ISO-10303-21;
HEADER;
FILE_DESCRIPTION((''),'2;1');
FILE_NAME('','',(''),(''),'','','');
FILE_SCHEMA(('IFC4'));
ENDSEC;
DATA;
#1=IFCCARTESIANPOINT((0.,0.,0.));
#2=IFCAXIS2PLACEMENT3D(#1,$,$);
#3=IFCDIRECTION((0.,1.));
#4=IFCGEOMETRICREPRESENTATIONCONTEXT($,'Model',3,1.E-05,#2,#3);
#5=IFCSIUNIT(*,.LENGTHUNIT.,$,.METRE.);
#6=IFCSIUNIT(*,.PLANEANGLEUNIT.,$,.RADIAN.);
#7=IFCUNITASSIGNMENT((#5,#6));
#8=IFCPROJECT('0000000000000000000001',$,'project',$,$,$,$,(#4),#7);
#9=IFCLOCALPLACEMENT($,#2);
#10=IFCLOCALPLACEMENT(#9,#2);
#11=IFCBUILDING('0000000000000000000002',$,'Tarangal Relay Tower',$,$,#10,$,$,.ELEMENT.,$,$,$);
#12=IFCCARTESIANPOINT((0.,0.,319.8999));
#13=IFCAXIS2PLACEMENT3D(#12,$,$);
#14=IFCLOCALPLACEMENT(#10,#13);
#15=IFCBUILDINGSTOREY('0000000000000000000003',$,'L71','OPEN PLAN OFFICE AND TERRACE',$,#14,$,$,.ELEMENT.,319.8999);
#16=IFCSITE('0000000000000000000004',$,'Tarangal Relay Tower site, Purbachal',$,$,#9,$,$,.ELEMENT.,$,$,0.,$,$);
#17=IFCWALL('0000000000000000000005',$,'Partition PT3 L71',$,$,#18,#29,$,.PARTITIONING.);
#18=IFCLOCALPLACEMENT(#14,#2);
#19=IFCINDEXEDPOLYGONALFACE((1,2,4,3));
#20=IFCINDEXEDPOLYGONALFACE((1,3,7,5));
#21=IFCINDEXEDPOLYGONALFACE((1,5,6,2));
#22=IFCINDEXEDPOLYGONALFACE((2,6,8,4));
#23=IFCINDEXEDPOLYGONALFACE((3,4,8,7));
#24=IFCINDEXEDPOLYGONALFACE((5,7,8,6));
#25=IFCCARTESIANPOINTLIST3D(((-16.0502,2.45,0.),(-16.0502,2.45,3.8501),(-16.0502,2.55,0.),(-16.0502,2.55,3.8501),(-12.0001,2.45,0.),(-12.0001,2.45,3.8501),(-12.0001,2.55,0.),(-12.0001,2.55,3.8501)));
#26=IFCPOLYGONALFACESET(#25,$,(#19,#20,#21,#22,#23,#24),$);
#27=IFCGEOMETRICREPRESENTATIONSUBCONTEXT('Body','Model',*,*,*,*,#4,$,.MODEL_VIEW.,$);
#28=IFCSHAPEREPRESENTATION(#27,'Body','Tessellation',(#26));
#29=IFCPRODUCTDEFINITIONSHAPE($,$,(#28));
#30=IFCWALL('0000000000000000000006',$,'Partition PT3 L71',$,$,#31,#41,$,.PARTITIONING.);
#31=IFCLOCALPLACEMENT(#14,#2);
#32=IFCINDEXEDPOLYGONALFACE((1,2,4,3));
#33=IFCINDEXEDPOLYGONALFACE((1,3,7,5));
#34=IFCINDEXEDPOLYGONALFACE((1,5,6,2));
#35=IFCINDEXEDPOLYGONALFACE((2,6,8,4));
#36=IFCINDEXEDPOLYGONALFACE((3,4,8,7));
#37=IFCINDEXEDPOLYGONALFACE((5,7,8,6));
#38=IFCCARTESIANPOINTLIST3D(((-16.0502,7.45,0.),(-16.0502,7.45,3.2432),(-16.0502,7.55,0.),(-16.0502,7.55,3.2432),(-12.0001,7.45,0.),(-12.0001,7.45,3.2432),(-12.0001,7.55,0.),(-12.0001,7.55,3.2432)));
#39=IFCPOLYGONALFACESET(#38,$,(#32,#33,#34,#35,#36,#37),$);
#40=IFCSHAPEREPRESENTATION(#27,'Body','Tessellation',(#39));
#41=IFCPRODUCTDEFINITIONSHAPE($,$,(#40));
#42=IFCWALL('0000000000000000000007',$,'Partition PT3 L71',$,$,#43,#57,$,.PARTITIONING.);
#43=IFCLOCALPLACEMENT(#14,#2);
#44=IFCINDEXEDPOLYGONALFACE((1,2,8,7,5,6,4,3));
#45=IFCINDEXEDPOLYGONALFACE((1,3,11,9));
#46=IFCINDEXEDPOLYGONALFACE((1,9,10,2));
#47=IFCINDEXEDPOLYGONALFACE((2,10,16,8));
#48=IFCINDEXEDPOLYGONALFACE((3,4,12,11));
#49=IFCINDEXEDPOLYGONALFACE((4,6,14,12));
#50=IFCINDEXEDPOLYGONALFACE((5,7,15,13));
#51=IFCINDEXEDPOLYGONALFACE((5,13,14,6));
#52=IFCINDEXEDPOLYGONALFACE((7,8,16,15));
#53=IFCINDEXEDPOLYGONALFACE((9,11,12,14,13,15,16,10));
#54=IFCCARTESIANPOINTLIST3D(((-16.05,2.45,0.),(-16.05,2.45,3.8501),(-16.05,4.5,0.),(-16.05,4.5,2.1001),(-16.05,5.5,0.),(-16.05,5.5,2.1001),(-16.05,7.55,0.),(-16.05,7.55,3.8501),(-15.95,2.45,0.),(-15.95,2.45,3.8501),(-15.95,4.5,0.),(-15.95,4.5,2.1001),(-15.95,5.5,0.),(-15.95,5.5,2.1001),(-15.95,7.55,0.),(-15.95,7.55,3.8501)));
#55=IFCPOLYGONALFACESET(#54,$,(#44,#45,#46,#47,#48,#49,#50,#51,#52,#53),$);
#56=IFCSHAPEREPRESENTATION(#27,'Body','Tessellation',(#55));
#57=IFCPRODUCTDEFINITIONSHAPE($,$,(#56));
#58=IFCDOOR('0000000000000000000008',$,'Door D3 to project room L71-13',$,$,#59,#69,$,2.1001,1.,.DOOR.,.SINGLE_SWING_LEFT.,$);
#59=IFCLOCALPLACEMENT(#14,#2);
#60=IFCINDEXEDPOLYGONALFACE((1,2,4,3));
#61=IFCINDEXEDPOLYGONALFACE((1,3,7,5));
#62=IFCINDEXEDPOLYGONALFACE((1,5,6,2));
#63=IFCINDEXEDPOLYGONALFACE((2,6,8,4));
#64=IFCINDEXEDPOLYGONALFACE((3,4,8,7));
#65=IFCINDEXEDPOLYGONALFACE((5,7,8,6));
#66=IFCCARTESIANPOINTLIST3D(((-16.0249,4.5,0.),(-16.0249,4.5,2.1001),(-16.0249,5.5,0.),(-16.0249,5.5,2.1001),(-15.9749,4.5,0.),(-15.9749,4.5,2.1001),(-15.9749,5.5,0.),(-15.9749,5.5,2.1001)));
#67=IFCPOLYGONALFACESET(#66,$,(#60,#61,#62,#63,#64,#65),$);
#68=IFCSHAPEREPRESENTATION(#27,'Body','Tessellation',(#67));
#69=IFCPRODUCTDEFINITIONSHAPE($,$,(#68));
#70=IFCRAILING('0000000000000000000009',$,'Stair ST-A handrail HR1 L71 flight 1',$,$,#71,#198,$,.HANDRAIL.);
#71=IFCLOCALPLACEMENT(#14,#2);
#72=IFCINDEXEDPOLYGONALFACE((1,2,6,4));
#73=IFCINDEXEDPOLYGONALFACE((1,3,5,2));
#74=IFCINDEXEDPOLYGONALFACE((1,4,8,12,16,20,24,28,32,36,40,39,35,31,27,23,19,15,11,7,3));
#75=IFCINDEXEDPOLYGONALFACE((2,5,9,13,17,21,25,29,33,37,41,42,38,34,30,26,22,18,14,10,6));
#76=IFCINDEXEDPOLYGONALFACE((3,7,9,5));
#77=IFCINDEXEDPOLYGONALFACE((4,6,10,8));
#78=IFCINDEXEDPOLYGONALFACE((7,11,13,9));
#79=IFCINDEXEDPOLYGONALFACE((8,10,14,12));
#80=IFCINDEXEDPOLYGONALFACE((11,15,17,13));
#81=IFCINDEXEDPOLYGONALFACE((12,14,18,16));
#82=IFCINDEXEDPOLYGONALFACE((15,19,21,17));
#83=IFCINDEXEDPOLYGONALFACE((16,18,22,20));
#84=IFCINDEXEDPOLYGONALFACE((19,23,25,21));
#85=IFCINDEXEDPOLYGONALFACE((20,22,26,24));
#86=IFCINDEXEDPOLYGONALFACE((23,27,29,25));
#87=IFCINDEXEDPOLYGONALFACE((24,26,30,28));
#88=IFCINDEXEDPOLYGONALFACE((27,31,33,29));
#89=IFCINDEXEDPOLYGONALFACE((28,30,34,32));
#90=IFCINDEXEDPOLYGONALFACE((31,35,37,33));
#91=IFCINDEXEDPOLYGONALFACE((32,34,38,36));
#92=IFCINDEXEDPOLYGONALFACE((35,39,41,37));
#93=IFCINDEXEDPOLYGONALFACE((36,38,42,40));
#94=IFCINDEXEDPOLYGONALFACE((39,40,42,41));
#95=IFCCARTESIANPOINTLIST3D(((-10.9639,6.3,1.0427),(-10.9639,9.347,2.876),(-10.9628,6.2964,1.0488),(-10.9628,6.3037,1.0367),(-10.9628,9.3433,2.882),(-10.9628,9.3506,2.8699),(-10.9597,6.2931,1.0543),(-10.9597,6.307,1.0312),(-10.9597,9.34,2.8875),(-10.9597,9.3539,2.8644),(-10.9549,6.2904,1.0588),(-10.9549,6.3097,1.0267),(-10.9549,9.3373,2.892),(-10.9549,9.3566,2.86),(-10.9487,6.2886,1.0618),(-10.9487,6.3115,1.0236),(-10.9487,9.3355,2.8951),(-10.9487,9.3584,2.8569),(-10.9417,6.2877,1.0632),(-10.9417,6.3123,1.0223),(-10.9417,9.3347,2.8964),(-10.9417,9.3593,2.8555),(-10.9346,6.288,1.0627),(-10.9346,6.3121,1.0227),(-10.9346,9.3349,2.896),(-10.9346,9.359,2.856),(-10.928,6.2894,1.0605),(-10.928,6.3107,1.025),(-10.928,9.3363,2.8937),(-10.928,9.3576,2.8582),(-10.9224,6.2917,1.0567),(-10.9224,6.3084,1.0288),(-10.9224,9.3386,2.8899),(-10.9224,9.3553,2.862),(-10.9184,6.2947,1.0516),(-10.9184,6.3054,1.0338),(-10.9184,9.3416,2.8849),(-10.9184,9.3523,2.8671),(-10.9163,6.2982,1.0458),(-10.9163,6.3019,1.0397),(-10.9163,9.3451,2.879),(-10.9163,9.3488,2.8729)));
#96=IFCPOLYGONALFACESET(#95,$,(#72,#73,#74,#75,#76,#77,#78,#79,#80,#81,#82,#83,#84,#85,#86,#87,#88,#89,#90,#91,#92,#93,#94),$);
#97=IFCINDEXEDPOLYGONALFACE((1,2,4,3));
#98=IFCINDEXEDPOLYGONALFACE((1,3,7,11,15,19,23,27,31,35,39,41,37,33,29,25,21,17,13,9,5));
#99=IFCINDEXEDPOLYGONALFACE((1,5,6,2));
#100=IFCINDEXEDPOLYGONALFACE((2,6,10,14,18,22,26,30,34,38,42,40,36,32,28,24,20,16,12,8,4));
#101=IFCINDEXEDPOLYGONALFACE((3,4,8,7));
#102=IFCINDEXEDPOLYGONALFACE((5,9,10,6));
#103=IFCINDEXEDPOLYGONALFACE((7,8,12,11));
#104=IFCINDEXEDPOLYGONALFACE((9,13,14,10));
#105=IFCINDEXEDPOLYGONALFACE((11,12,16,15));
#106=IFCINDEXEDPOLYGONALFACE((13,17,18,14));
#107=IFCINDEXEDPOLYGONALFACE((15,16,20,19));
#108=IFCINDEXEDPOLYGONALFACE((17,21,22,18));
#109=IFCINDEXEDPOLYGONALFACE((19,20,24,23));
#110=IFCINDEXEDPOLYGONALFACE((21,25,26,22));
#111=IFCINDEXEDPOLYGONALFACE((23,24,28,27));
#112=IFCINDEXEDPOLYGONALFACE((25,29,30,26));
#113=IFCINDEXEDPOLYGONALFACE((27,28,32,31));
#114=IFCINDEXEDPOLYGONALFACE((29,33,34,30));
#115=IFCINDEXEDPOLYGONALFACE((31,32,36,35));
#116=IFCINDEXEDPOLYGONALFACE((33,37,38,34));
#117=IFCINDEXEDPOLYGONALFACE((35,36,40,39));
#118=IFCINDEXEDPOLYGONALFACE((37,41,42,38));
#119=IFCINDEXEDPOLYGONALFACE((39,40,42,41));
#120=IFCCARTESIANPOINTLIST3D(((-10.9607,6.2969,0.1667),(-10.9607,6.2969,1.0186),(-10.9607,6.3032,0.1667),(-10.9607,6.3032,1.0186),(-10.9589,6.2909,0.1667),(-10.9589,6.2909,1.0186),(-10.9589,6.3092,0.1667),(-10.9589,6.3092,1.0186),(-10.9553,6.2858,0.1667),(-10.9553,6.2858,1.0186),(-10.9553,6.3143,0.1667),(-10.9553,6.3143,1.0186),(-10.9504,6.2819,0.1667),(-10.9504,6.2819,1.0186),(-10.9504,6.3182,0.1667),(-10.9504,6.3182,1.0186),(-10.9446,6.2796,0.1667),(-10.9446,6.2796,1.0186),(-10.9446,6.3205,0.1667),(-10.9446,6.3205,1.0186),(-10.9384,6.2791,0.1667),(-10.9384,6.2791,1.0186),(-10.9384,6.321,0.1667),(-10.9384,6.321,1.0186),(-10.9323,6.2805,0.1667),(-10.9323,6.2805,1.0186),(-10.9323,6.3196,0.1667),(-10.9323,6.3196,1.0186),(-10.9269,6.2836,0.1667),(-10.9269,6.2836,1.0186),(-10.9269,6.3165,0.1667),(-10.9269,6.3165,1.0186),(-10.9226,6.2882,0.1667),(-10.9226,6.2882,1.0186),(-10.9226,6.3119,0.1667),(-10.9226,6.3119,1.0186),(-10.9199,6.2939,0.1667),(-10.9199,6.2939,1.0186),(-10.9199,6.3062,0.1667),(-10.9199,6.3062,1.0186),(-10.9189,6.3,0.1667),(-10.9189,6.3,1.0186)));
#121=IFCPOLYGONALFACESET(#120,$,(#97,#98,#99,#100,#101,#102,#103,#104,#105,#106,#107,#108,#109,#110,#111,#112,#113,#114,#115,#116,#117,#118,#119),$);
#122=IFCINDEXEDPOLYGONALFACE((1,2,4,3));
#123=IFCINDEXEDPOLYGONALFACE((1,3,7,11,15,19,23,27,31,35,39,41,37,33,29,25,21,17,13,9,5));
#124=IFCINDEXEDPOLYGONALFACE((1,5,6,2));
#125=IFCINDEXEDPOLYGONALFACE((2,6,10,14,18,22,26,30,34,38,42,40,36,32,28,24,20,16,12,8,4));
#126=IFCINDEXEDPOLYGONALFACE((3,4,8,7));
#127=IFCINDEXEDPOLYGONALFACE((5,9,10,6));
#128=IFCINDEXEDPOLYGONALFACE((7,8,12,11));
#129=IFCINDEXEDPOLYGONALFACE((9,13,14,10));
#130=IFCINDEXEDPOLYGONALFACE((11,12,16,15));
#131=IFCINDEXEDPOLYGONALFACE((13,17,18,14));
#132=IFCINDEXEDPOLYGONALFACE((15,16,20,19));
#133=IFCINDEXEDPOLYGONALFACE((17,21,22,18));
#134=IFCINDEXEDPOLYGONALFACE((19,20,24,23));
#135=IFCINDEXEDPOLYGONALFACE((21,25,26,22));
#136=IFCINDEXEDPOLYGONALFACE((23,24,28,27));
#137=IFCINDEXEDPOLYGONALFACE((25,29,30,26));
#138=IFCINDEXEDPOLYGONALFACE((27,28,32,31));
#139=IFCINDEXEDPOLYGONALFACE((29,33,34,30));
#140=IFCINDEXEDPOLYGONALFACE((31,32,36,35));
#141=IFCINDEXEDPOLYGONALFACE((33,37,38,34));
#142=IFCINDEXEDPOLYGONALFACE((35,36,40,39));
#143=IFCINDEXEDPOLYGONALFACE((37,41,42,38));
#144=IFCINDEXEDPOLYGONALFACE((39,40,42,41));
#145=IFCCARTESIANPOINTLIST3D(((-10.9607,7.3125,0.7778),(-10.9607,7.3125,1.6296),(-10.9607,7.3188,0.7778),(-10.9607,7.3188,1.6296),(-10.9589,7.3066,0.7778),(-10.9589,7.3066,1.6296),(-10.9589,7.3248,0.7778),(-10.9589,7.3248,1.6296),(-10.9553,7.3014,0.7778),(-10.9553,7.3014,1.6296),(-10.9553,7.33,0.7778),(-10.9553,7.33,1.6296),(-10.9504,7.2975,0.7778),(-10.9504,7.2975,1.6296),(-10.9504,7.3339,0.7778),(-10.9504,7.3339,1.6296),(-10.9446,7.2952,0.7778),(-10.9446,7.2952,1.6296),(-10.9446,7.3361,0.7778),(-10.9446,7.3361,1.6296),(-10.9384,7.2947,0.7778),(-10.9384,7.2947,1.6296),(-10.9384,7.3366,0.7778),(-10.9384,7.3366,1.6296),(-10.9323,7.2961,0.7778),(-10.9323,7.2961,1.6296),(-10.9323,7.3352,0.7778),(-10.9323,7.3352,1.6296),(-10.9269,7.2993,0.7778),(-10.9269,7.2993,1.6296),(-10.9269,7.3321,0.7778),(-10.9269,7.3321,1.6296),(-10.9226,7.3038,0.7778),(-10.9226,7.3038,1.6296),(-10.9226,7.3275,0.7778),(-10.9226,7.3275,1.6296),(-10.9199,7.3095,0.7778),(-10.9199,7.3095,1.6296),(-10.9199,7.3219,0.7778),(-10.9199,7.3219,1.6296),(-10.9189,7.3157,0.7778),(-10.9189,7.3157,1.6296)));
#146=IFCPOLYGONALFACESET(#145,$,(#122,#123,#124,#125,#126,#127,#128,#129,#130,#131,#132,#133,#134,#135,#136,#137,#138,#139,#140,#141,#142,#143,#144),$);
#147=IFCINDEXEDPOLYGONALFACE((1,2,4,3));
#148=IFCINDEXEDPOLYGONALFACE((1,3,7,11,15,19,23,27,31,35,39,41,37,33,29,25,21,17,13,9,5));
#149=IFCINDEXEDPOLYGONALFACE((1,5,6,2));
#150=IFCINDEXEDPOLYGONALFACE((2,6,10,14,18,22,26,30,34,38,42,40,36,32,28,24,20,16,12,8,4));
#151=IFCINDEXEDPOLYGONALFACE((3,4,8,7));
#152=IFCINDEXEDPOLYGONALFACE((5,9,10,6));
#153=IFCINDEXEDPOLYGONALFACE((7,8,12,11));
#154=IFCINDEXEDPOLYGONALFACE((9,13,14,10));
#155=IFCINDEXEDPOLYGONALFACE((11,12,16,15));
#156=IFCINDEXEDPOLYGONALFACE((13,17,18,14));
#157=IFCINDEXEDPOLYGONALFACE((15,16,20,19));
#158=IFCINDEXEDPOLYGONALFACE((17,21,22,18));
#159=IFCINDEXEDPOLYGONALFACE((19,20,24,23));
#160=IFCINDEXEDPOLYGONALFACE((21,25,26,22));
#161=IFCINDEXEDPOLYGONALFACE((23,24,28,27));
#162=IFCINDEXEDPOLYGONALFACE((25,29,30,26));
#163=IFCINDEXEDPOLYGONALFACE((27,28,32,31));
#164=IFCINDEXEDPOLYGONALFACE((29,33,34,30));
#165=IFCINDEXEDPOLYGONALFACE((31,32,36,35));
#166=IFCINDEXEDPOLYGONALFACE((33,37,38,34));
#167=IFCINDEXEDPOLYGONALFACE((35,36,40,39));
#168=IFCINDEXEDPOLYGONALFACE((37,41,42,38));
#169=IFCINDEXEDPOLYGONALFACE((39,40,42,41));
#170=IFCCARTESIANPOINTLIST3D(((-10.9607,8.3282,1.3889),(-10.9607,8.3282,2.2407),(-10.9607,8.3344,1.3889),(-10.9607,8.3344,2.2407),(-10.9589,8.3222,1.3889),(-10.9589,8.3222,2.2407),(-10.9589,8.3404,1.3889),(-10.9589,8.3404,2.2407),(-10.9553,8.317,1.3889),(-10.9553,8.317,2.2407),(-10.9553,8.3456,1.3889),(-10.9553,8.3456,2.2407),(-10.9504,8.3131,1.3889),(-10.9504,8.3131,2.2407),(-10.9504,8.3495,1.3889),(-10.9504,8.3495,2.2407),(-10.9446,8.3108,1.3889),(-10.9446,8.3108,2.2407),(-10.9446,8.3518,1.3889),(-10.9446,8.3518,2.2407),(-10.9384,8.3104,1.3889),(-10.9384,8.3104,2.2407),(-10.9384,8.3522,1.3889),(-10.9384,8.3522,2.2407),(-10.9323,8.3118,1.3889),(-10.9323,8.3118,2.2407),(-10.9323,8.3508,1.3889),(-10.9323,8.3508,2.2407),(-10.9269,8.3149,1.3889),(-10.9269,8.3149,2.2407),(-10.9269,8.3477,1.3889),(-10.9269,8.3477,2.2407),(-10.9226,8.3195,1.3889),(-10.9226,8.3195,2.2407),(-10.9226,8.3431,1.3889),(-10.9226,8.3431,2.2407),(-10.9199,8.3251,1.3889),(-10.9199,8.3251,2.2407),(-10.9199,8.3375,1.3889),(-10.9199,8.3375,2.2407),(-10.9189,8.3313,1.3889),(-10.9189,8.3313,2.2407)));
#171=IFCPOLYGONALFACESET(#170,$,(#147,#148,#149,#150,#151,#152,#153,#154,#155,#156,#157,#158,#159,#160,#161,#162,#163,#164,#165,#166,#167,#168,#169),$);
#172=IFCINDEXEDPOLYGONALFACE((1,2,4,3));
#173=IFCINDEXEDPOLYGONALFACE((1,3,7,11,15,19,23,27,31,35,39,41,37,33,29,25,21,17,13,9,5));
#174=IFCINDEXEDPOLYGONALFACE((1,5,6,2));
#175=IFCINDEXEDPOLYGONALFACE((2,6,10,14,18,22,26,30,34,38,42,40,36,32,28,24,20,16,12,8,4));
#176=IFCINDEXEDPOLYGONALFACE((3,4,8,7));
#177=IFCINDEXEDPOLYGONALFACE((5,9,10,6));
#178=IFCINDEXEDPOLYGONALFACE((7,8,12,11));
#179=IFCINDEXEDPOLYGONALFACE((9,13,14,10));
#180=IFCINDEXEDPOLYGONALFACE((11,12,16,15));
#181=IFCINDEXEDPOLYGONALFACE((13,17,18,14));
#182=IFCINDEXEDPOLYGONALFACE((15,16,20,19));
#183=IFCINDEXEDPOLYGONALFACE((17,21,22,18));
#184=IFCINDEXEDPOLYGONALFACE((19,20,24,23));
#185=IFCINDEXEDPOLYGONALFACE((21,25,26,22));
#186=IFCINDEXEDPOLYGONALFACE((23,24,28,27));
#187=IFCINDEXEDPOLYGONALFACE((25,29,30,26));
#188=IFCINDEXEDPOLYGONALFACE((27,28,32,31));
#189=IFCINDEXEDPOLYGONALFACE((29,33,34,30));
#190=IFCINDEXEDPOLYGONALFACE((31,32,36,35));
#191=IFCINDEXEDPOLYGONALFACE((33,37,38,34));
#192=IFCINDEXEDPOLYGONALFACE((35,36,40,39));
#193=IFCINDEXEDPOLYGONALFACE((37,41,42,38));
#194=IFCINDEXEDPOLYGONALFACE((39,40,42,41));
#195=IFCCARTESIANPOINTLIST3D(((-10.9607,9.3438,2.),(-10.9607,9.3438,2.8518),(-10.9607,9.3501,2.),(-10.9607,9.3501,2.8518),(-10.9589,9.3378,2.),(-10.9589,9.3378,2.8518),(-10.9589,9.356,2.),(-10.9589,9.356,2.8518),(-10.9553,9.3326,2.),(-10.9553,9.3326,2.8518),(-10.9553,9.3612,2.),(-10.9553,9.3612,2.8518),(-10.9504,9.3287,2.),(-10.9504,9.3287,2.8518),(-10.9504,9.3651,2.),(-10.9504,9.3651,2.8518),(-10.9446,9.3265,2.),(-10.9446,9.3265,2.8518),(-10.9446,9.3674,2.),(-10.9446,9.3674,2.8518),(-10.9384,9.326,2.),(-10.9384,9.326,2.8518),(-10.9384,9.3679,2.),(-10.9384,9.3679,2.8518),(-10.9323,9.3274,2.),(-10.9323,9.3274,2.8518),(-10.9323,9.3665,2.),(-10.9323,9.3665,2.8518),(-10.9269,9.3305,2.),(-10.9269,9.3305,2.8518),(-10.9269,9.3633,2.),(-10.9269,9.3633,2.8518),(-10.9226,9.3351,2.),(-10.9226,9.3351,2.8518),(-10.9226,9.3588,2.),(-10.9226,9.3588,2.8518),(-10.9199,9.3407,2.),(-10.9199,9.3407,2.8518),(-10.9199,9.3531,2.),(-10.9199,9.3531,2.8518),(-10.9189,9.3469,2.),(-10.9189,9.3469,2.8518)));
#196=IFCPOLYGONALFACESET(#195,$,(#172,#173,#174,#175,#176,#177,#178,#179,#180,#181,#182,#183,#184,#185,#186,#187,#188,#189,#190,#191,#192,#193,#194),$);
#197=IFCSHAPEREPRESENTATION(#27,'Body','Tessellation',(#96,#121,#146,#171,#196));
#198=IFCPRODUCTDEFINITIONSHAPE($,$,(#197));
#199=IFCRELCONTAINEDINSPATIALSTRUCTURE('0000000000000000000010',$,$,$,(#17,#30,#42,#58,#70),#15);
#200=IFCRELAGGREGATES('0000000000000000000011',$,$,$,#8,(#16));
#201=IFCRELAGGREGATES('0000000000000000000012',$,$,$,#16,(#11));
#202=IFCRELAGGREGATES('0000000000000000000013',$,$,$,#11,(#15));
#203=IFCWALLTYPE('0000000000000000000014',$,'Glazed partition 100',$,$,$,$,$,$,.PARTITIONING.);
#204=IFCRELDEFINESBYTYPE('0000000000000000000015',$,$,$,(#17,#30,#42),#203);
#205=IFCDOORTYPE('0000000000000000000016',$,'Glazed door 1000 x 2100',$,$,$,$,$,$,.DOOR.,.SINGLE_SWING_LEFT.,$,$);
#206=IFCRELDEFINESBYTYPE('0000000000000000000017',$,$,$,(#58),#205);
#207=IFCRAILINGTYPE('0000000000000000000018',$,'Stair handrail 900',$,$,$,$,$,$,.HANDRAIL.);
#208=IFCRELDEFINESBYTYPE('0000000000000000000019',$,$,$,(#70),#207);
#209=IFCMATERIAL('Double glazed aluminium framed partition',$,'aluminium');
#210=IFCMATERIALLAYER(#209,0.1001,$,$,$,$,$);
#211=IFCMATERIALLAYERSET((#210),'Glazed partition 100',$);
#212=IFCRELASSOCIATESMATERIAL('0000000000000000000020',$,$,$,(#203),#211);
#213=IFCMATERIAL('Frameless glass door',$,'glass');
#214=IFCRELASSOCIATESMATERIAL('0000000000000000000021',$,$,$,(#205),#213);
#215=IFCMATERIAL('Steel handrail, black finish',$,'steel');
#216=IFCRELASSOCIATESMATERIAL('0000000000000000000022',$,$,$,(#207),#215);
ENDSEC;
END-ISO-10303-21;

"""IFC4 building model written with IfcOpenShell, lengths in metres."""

from ifc_helpers import new_model, si_unit, direction, frame, frame_2d, origin, origin_2d, place, context, subcontext, project, spatial, rectangle, circle, extrude, material, layer, layer_set, type_object, element, fill, save


model = new_model("IFC4")

# Units and contexts
model_context = context("Model", 3, precision=1e-05, world=origin(), true_north=direction((0.0, 1.0)))
body_context = subcontext(model_context, "Body", "Model", "MODEL_VIEW")
ifc_project = project(units=[si_unit("LENGTHUNIT", "METRE"), si_unit("PLANEANGLEUNIT", "RADIAN")], contexts=[model_context])

# Site, building, storey
site_placement = place(None, origin())
site = spatial("IfcSite", under=ifc_project, at=site_placement, Name="Tarangal Relay Tower site, Purbachal", CompositionType="ELEMENT", RefElevation=0.0)
building_placement = place(site_placement, origin())
building = spatial("IfcBuilding", under=site, at=building_placement, Name="Tarangal Relay Tower", CompositionType="ELEMENT")
storey_placement = place(building_placement, frame((0.0, 0.0, 319.8999)))
storey = spatial("IfcBuildingStorey", under=building, at=storey_placement, Name="L71", Description="OPEN PLAN OFFICE AND TERRACE", CompositionType="ELEMENT", Elevation=319.8999)

# Walls
ifc_material_1 = material(Name="Double glazed aluminium framed partition", Category="aluminium")
ifc_layer_1 = layer(ifc_material_1, 0.1001)
ifc_layer_set_1 = layer_set([ifc_layer_1], Name="Glazed partition 100")
wall_type_1 = type_object("IfcWallType", Name="Glazed partition 100", PredefinedType="PARTITIONING", material=ifc_layer_set_1)
wall_1_placement = place(storey_placement, frame((-16.05, 2.5, 0.0), z_axis=(0.0, 0.0, 1.0), x_axis=(1.0, 0.0, 0.0)))
element("IfcWall", 1, at=wall_1_placement, inside=storey, type_object=wall_type_1, Name="Partition PT3 L71", PredefinedType="PARTITIONING", context=body_context, shape_type="SweptSolid", body=[
    extrude(rectangle(XDim=4.05, YDim=0.1001, at=frame_2d((2.0249, 0.0))), origin(), (0.0, 0.0, 1.0), 3.8501),
])
wall_2_placement = place(storey_placement, frame((-16.05, 7.5, 0.0), z_axis=(0.0, 0.0, 1.0), x_axis=(1.0, 0.0, 0.0)))
element("IfcWall", 2, at=wall_2_placement, inside=storey, type_object=wall_type_1, Name="Partition PT3 L71", PredefinedType="PARTITIONING", context=body_context, shape_type="SweptSolid", body=[
    extrude(rectangle(XDim=4.05, YDim=0.1001, at=frame_2d((2.0249, 0.0))), origin(), (0.0, 0.0, 1.0), 3.2432),
])

# Wall, opening, door
wall_3_placement = place(storey_placement, frame((-16.0, 2.45, 0.0), z_axis=(0.0, 0.0, 1.0), x_axis=(0.0, 1.0, 0.0)))
wall_3 = element("IfcWall", 3, at=wall_3_placement, inside=storey, type_object=wall_type_1, Name="Partition PT3 L71", PredefinedType="PARTITIONING", context=body_context, shape_type="SweptSolid", body=[
    extrude(rectangle(XDim=5.1001, YDim=0.1001, at=frame_2d((2.55, 0.0))), origin(), (0.0, 0.0, 1.0), 3.8501),
])
opening_1_placement = place(wall_3_placement, frame((2.05, 0.0, 0.0)))
opening_1 = element("IfcOpeningElement", 4, at=opening_1_placement, cuts=wall_3, PredefinedType="OPENING", context=body_context, shape_type="SweptSolid", body=[
    extrude(rectangle(XDim=1.0, YDim=2.1001, at=frame_2d((0.5, 1.05))), frame((0.0, 0.0601, 0.0), z_axis=(0.0, -1.0, 0.0), x_axis=(1.0, 0.0, 0.0)), (0.0, 0.0, 1.0), 0.1201),
])
ifc_material_2 = material(Name="Frameless glass door", Category="glass")
door_type_1 = type_object("IfcDoorType", Name="Glazed door 1000 x 2100", OperationType="SINGLE_SWING_LEFT", PredefinedType="DOOR", material=ifc_material_2)
door_1_placement = place(opening_1_placement, origin())
door_1 = element("IfcDoor", 5, at=door_1_placement, inside=storey, type_object=door_type_1, Name="Door D3 to project room L71-13", OperationType="SINGLE_SWING_LEFT", OverallHeight=2.1001, OverallWidth=1.0, PredefinedType="DOOR", context=body_context, shape_type="SweptSolid", body=[
    extrude(rectangle(XDim=1.0, YDim=2.1001, at=frame_2d((0.5, 1.05))), frame((0.0, 0.0249, 0.0), z_axis=(0.0, -1.0, 0.0), x_axis=(1.0, 0.0, 0.0)), (0.0, 0.0, 1.0), 0.05),
])
fill(opening_1, door_1)

# Railing
ifc_material_3 = material(Name="Steel handrail, black finish", Category="steel")
railing_type = type_object("IfcRailingType", Name="Stair handrail 900", PredefinedType="HANDRAIL", material=ifc_material_3)
railing_placement = place(storey_placement, frame((-10.9399, 6.3, 0.1667)))
element("IfcRailing", 6, at=railing_placement, inside=storey, type_object=railing_type, Name="Stair ST-A handrail HR1 L71 flight 1", PredefinedType="HANDRAIL", context=body_context, shape_type="SweptSolid", body=[
    extrude(circle(Radius=0.0239, at=origin_2d()), frame((0.0, 0.0, 0.876), z_axis=(0.0, 0.856856, 0.515556), x_axis=(-1.0, 0.0, 0.0)), (0.0, 0.0, 1.0), 3.5559),
    extrude(circle(Radius=0.021, at=origin_2d()), origin(), (0.0, 0.0, 1.0), 0.8518),
    extrude(circle(Radius=0.021, at=origin_2d()), frame((0.0, 1.0156, 0.6111)), (0.0, 0.0, 1.0), 0.8518),
    extrude(circle(Radius=0.021, at=origin_2d()), frame((0.0, 2.0312, 1.2222)), (0.0, 0.0, 1.0), 0.8518),
    extrude(circle(Radius=0.021, at=origin_2d()), frame((0.0, 3.0469, 1.8333)), (0.0, 0.0, 1.0), 0.8518),
])

save(model, "model.ifc")
